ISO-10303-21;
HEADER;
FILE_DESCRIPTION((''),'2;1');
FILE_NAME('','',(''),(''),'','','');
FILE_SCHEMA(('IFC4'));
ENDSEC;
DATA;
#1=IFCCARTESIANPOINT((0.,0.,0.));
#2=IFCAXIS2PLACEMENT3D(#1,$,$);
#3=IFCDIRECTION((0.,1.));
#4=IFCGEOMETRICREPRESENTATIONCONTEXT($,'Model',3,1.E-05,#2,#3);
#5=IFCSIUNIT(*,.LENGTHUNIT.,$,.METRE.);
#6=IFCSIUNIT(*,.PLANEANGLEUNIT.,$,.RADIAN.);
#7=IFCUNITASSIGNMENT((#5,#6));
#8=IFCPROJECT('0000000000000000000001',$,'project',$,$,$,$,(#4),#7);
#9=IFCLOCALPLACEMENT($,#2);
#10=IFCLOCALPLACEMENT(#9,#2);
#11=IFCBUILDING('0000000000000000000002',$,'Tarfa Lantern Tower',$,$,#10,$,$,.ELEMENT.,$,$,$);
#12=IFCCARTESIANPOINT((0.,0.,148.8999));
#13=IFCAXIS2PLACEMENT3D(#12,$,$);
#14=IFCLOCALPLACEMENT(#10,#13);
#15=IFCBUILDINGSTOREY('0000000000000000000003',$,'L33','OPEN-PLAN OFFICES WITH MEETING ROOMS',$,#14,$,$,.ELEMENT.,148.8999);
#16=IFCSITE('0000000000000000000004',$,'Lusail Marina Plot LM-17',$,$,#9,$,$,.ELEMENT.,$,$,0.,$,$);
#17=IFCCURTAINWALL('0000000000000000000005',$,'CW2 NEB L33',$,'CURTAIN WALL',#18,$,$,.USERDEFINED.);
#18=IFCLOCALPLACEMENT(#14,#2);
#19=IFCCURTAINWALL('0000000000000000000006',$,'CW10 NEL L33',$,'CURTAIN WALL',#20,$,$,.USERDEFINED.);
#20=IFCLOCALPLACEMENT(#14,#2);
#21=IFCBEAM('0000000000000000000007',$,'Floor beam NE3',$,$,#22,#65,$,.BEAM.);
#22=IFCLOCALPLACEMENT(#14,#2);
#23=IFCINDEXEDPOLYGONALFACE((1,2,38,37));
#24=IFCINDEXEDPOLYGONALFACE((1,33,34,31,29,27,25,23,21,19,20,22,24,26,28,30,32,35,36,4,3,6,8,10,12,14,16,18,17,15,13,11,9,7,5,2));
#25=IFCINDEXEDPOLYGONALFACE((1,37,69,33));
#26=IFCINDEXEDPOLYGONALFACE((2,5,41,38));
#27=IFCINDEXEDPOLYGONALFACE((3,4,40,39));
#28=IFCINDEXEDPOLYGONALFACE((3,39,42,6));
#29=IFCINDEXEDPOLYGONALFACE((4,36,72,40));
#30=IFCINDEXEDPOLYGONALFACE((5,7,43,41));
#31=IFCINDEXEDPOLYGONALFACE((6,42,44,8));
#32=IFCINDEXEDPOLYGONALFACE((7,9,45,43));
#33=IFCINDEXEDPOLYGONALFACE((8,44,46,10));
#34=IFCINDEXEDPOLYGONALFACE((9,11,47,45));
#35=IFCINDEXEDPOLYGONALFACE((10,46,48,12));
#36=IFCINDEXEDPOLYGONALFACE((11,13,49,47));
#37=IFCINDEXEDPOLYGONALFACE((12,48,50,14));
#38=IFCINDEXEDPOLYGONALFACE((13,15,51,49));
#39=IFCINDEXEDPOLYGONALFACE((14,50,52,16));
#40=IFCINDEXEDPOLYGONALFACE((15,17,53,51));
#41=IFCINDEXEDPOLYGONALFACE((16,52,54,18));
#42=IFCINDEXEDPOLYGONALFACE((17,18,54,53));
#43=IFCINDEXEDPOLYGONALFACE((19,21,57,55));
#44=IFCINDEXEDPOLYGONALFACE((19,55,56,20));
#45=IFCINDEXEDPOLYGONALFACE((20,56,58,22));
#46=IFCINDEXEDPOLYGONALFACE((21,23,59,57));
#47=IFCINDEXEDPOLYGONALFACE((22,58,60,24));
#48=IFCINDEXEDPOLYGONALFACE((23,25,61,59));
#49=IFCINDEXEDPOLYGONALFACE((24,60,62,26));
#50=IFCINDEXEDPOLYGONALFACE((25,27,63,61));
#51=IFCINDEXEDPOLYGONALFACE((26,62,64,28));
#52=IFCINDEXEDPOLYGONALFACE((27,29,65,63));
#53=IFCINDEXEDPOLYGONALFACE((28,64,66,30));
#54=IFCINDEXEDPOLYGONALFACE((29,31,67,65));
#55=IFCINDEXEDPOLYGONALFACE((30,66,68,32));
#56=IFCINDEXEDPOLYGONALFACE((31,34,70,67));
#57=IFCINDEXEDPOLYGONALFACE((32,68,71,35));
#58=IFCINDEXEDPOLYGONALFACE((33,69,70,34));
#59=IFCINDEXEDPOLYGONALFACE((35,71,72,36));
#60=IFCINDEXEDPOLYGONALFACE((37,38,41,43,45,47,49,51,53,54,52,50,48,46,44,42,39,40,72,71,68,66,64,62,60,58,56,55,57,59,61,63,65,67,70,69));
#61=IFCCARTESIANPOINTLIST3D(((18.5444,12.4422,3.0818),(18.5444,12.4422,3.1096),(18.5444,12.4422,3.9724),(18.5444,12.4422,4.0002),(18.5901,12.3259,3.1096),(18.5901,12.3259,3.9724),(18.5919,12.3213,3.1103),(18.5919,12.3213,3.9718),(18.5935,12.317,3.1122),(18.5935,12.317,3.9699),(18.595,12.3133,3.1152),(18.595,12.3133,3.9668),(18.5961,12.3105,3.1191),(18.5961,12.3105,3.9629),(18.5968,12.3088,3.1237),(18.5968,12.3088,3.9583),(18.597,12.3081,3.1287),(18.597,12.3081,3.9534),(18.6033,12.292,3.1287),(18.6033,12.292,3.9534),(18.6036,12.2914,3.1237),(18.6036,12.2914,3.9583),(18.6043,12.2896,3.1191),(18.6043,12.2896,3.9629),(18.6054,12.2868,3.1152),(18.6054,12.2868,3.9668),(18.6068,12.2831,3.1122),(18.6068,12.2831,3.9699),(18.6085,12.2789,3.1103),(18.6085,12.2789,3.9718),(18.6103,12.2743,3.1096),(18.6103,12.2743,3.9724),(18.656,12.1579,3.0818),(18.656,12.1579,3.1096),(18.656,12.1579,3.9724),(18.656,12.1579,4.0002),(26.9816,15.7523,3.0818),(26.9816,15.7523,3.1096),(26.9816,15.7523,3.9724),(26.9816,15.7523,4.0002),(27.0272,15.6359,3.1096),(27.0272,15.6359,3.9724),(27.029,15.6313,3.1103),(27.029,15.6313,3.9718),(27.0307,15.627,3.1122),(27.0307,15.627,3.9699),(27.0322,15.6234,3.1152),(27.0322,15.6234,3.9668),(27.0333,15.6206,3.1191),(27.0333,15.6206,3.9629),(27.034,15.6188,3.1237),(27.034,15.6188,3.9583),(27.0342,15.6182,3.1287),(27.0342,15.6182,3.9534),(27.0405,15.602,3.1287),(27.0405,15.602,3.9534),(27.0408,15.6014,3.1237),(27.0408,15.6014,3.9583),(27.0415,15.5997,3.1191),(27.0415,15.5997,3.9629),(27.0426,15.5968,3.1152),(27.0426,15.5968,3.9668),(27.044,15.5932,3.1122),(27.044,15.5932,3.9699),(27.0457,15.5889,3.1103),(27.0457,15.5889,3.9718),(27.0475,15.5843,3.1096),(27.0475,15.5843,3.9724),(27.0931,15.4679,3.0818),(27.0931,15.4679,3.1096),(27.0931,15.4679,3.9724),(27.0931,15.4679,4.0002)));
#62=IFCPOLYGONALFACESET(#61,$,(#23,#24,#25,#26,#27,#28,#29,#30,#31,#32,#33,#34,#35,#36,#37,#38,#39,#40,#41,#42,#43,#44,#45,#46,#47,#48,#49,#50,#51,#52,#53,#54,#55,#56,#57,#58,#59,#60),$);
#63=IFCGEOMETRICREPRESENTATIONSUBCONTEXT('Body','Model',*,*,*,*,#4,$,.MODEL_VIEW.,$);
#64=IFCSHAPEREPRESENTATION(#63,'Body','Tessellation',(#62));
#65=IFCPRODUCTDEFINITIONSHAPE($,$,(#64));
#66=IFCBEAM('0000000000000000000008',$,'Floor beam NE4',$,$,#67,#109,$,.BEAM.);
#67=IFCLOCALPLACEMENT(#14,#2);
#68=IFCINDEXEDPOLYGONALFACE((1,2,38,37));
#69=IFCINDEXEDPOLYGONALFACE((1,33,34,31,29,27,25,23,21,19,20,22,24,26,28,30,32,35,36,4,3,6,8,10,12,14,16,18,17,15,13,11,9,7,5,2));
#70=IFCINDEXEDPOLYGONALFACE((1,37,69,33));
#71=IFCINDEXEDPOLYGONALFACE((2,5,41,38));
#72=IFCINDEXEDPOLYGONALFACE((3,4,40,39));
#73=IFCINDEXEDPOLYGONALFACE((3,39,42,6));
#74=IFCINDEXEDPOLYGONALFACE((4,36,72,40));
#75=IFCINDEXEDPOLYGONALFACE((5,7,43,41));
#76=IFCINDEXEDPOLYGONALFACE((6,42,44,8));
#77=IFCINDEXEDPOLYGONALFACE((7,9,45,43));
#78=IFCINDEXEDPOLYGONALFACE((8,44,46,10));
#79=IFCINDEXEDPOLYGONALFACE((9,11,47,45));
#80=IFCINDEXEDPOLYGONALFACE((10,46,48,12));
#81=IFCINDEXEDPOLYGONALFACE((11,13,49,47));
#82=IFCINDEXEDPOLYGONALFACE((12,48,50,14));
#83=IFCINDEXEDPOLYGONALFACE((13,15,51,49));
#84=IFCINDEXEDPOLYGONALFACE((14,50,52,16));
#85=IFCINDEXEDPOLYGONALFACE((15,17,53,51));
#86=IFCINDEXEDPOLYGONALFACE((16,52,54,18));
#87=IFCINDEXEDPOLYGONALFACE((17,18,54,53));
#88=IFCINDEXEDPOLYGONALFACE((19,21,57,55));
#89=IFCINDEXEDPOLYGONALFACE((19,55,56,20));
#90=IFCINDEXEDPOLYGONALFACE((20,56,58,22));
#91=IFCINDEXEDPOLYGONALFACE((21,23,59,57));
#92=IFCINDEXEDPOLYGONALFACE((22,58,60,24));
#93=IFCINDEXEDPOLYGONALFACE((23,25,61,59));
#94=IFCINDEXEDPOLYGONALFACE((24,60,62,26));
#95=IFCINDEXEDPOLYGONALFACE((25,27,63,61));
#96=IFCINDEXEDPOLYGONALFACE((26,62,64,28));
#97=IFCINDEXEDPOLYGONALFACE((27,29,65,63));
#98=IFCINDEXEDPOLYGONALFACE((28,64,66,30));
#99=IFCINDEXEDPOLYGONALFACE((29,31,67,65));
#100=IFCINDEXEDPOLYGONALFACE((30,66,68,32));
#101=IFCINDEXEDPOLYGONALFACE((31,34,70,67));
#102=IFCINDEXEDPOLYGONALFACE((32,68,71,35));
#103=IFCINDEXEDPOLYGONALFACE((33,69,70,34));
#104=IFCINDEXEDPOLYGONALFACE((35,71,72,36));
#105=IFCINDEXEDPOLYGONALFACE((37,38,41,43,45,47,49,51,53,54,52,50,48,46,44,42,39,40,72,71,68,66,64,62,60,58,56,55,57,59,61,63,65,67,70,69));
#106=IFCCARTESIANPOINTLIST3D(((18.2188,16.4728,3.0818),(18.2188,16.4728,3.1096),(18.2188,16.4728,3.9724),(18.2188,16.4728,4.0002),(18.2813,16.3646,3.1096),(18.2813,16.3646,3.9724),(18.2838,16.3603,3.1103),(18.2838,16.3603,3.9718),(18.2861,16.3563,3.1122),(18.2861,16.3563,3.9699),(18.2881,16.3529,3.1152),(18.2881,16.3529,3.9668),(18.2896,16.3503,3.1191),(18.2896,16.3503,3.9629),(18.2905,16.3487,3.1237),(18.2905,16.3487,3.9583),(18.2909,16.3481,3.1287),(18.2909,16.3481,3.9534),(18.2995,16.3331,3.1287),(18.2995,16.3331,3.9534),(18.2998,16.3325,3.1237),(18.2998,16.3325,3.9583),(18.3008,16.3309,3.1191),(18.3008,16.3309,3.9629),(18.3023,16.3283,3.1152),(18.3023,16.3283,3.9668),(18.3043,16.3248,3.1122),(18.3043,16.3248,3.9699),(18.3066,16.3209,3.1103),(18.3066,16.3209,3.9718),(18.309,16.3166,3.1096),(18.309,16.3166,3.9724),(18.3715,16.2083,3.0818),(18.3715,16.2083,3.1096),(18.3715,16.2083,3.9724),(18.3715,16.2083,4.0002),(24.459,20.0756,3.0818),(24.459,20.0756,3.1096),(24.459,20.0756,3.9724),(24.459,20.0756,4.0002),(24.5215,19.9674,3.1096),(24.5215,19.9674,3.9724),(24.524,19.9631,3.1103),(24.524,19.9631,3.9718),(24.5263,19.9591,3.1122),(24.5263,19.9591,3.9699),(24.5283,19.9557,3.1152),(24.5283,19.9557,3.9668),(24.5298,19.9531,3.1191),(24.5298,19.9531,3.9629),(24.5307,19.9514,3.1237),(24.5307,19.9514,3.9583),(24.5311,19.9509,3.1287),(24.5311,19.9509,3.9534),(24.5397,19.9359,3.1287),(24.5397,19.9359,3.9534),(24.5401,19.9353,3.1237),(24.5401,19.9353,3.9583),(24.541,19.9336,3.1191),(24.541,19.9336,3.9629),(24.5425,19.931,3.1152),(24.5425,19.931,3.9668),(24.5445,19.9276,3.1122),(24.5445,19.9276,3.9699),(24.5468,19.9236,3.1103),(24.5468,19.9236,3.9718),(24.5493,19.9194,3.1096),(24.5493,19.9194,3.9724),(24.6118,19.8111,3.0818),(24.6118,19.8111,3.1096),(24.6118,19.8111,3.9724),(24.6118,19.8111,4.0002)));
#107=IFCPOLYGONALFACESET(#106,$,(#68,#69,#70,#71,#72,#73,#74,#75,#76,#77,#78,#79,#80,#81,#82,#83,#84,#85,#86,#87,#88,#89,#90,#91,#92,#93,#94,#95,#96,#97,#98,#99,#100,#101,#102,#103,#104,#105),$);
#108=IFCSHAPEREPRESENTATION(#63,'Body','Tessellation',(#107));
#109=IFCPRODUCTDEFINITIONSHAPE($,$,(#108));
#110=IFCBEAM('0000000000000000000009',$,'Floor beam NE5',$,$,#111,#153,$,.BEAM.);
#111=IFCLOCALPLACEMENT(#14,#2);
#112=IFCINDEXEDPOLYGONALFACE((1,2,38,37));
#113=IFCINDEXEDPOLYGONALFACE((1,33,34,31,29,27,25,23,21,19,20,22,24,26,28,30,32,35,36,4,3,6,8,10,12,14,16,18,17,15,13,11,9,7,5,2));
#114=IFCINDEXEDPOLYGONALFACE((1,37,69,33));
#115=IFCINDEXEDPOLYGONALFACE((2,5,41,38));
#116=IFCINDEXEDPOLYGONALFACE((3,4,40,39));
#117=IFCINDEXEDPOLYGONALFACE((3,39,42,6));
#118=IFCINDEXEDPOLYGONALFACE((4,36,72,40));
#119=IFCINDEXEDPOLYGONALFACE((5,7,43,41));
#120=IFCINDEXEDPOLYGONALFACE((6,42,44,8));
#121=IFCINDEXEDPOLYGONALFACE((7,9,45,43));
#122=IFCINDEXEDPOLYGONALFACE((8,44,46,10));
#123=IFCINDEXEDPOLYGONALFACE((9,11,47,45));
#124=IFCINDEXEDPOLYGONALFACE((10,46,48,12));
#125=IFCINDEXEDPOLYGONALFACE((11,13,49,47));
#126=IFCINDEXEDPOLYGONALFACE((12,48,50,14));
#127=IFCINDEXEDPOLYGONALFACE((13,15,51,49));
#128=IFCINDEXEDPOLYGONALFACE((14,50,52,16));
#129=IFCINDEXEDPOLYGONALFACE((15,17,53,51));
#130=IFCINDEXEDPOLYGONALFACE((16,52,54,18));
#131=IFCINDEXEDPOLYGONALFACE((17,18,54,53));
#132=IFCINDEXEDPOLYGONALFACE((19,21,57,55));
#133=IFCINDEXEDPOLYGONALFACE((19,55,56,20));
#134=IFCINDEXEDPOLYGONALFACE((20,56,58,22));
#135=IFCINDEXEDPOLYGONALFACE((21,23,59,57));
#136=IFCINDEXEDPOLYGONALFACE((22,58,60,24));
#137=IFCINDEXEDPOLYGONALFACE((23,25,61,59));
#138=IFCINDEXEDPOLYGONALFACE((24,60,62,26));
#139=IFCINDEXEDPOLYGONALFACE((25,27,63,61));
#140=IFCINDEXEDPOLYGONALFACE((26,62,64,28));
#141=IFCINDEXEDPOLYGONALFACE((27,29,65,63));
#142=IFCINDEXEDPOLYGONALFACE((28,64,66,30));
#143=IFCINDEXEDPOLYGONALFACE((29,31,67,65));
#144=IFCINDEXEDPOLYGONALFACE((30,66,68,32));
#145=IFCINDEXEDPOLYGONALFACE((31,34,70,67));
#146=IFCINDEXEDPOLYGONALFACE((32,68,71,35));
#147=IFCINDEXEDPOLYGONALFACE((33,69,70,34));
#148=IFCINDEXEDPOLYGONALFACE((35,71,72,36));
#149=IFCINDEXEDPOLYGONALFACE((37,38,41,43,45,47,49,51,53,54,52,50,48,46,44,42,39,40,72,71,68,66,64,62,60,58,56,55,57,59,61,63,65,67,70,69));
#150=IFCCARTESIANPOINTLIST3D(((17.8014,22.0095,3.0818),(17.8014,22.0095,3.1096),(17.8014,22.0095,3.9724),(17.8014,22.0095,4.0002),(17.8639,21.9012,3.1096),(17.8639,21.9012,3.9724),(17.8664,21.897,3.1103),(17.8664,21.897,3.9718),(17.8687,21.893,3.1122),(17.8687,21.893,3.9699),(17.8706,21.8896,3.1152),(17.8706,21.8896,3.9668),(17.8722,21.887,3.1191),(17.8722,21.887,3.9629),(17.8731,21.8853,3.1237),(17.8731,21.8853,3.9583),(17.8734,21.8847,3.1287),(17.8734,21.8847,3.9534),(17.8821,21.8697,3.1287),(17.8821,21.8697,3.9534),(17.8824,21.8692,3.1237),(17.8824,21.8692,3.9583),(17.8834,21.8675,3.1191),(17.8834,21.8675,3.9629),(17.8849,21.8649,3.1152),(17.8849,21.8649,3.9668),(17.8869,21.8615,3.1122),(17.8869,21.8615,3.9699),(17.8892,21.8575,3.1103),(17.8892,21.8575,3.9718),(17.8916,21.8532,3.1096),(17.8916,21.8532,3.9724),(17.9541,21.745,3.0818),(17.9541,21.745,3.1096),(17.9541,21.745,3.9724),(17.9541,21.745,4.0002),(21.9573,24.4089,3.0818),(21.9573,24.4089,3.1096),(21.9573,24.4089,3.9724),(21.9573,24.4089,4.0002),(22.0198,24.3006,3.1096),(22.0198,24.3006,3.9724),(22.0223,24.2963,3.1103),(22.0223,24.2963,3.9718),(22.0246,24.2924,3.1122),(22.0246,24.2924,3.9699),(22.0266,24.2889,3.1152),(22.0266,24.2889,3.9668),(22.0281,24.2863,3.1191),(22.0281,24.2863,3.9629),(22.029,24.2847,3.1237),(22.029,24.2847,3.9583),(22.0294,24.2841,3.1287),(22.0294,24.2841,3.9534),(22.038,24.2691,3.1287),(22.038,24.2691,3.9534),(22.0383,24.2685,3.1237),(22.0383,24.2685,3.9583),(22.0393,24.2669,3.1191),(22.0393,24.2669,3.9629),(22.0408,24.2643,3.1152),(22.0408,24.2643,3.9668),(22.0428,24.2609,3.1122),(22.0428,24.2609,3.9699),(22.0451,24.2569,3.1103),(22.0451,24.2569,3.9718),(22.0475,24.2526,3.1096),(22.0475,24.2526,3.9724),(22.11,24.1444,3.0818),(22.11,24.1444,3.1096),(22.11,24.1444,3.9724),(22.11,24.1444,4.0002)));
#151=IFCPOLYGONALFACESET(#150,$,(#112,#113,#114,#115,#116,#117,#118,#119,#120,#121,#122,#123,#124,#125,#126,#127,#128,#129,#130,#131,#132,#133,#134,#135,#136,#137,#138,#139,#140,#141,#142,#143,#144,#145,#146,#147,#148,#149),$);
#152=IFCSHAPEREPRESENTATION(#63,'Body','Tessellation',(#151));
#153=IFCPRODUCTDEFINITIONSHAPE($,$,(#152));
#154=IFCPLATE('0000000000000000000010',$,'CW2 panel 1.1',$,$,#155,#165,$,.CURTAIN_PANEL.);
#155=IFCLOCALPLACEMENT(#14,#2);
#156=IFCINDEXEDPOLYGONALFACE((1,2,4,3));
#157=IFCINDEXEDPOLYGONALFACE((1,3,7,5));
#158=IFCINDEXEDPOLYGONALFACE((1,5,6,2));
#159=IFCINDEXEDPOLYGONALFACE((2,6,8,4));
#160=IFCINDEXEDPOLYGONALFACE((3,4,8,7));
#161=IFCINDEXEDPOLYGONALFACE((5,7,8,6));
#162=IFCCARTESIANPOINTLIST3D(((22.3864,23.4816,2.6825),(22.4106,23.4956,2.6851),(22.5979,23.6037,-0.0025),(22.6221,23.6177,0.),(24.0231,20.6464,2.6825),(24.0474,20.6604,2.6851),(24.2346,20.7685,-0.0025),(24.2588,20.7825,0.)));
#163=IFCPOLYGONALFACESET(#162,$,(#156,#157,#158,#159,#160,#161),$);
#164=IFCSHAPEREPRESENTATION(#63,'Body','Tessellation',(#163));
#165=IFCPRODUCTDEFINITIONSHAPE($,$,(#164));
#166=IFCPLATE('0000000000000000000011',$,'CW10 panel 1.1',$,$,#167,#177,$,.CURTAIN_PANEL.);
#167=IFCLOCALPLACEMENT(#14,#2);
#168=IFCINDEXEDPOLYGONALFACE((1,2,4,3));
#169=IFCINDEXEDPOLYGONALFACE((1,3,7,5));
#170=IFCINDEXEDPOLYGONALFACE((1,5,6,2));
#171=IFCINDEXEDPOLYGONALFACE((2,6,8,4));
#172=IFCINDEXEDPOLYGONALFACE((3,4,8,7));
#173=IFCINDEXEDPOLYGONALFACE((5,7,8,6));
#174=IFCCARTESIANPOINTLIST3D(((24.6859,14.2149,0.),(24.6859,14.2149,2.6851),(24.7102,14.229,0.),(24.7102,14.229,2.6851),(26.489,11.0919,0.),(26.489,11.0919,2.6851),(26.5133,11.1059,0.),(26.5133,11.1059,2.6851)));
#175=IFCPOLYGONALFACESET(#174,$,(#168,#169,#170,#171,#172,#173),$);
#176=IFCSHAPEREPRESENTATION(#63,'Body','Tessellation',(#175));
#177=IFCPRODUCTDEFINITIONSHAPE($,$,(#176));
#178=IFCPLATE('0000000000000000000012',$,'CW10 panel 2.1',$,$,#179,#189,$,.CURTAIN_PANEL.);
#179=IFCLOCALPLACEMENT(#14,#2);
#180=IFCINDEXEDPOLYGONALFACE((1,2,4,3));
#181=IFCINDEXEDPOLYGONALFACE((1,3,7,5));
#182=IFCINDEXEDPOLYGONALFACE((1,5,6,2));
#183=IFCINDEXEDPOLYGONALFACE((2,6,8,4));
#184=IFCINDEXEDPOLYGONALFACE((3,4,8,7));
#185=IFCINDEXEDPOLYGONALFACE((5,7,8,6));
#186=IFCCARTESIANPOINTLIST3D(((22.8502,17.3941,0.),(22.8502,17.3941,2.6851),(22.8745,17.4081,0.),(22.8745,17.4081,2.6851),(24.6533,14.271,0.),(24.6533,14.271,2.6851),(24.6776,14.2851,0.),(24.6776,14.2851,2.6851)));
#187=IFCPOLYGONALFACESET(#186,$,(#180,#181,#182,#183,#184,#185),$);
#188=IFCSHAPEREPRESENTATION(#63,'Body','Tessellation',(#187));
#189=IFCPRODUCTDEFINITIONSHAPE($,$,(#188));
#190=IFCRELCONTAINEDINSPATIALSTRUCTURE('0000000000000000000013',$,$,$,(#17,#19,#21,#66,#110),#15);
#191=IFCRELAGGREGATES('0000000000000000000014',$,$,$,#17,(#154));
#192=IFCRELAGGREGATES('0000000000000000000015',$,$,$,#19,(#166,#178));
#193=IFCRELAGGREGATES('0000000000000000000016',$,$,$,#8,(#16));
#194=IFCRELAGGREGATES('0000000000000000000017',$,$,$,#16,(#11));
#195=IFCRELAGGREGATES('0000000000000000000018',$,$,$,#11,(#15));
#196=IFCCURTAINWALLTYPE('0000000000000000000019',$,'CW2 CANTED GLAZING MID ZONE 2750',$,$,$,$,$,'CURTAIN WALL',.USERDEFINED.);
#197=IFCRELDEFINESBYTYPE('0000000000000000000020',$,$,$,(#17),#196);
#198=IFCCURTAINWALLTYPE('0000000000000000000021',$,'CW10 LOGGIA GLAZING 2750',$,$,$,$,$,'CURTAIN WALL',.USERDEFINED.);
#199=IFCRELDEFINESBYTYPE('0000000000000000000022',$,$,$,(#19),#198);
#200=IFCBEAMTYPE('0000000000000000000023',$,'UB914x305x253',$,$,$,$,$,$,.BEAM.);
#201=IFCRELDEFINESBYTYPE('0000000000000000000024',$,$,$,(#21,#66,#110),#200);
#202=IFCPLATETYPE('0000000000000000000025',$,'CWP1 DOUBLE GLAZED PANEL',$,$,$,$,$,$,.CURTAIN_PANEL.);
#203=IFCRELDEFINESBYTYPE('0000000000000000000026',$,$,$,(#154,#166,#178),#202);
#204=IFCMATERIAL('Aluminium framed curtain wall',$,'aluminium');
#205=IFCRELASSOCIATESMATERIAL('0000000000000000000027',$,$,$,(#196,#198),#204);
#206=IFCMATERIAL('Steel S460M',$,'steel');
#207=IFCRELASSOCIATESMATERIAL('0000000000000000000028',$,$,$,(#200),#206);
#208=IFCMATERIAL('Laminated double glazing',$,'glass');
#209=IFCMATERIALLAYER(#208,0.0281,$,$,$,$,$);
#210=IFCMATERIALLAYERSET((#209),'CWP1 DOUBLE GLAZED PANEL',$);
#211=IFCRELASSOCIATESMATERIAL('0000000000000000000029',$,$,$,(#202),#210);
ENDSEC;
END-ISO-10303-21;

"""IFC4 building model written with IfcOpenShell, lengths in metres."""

from ifc_helpers import new_model, si_unit, direction, frame, origin, origin_2d, place, context, subcontext, project, spatial, polyline, rectangle, i_section, outline, extrude, material, layer, layer_set, material_profile, profile_set, type_object, element, aggregate, save


model = new_model("IFC4")

# Units and contexts
model_context = context("Model", 3, precision=1e-05, world=origin(), true_north=direction((0.0, 1.0)))
body_context = subcontext(model_context, "Body", "Model", "MODEL_VIEW")
ifc_project = project(units=[si_unit("LENGTHUNIT", "METRE"), si_unit("PLANEANGLEUNIT", "RADIAN")], contexts=[model_context])

# Site, building, storey
site_placement = place(None, origin())
site = spatial("IfcSite", under=ifc_project, at=site_placement, Name="Lusail Marina Plot LM-17", CompositionType="ELEMENT", RefElevation=0.0)
building_placement = place(site_placement, origin())
building = spatial("IfcBuilding", under=site, at=building_placement, Name="Tarfa Lantern Tower", CompositionType="ELEMENT")
storey_placement = place(building_placement, frame((0.0, 0.0, 148.8999)))
storey = spatial("IfcBuildingStorey", under=building, at=storey_placement, Name="L33", Description="OPEN-PLAN OFFICES WITH MEETING ROOMS", CompositionType="ELEMENT", Elevation=148.8999)

# Curtain walls
ifc_material_1 = material(Name="Aluminium framed curtain wall", Category="aluminium")
curtain_wall_type_1 = type_object("IfcCurtainWallType", Name="CW2 CANTED GLAZING MID ZONE 2750", ElementType="CURTAIN WALL", PredefinedType="USERDEFINED", material=ifc_material_1)
curtain_wall_1_placement = place(storey_placement, origin())
curtain_wall_1 = element("IfcCurtainWall", 1, at=curtain_wall_1_placement, inside=storey, type_object=curtain_wall_type_1, Name="CW2 NEB L33", ObjectType="CURTAIN WALL", PredefinedType="USERDEFINED")
curtain_wall_type_2 = type_object("IfcCurtainWallType", Name="CW10 LOGGIA GLAZING 2750", ElementType="CURTAIN WALL", PredefinedType="USERDEFINED", material=ifc_material_1)
curtain_wall_2_placement = place(storey_placement, origin())
curtain_wall_2 = element("IfcCurtainWall", 2, at=curtain_wall_2_placement, inside=storey, type_object=curtain_wall_type_2, Name="CW10 NEL L33", ObjectType="CURTAIN WALL", PredefinedType="USERDEFINED")

# Beams
ifc_material_2 = material(Name="Steel S460M", Category="steel")
ifc_material_profile_1 = material_profile(ifc_material_2, i_section(OverallWidth=0.3054, OverallDepth=0.9185, WebThickness=0.0173, FlangeThickness=0.0278, FilletRadius=0.019, at=origin_2d()), Name="UB914x305x253")
ifc_profile_set_1 = profile_set([ifc_material_profile_1], Name="Steel S460M")
beam_type_1 = type_object("IfcBeamType", Name="UB914x305x253", PredefinedType="BEAM", material=ifc_profile_set_1)
beam_1_placement = place(storey_placement, frame((27.0374, 15.6101, 3.541), z_axis=(-0.930923, -0.365215, 0.0), x_axis=(0.365215, -0.930923, 0.0)))
element("IfcBeam", 3, at=beam_1_placement, inside=storey, type_object=beam_type_1, Name="Floor beam NE3", PredefinedType="BEAM", context=body_context, shape_type="SweptSolid", body=[
    extrude(i_section(OverallWidth=0.3054, OverallDepth=0.9185, WebThickness=0.0173, FlangeThickness=0.0278, FilletRadius=0.019, at=origin_2d()), origin(), (0.0, 0.0, 1.0), 9.0632),
])
beam_2_placement = place(storey_placement, frame((24.5354, 19.9434, 3.541), z_axis=(-0.866026, -0.499998, 0.0), x_axis=(0.499998, -0.866026, 0.0)))
element("IfcBeam", 4, at=beam_2_placement, inside=storey, type_object=beam_type_1, Name="Floor beam NE4", PredefinedType="BEAM", context=body_context, shape_type="SweptSolid", body=[
    extrude(i_section(OverallWidth=0.3054, OverallDepth=0.9185, WebThickness=0.0173, FlangeThickness=0.0278, FilletRadius=0.019, at=origin_2d()), origin(), (0.0, 0.0, 1.0), 7.2056),
])
beam_3_placement = place(storey_placement, frame((22.0337, 24.2766, 3.541), z_axis=(-0.866031, -0.499991, 0.0), x_axis=(0.499991, -0.866031, 0.0)))
element("IfcBeam", 5, at=beam_3_placement, inside=storey, type_object=beam_type_1, Name="Floor beam NE5", PredefinedType="BEAM", context=body_context, shape_type="SweptSolid", body=[
    extrude(i_section(OverallWidth=0.3054, OverallDepth=0.9185, WebThickness=0.0173, FlangeThickness=0.0278, FilletRadius=0.019, at=origin_2d()), origin(), (0.0, 0.0, 1.0), 4.7988),
])

# Plates
ifc_material_3 = material(Name="Laminated double glazing", Category="glass")
ifc_layer_1 = layer(ifc_material_3, 0.0281)
ifc_layer_set_1 = layer_set([ifc_layer_1], Name="CWP1 DOUBLE GLAZED PANEL")
plate_type_1 = type_object("IfcPlateType", Name="CWP1 DOUBLE GLAZED PANEL", PredefinedType="CURTAIN_PANEL", material=ifc_layer_set_1)
plate_1_placement = place(storey_placement, frame((24.2588, 20.7825, 0.0), z_axis=(0.862492, 0.497903, 0.09055), x_axis=(-0.499957, 0.86605, 0.0)))
plate_1 = element("IfcPlate", 6, at=plate_1_placement, type_object=plate_type_1, Name="CW2 panel 1.1", PredefinedType="CURTAIN_PANEL", context=body_context, shape_type="SweptSolid", body=[
    extrude(outline(polyline([(0.0, 0.0), (3.2737, 0.0), (3.2737, 2.6961), (0.0, 2.6961), (0.0, 0.0)])), origin(), (0.0, 0.0, -1.0), 0.0281),
])
aggregate(curtain_wall_1, [plate_1])
plate_2_placement = place(storey_placement, frame((25.5996, 12.6604, 0.0), z_axis=(0.0, 0.0, 1.0), x_axis=(-0.5, 0.866025, 0.0)))
plate_2 = element("IfcPlate", 7, at=plate_2_placement, type_object=plate_type_1, Name="CW10 panel 1.1", PredefinedType="CURTAIN_PANEL", context=body_context, shape_type="SweptSolid", body=[
    extrude(rectangle(XDim=3.6062, YDim=0.0281, at=origin_2d()), origin(), (0.0, 0.0, 1.0), 2.6851),
])
plate_3_placement = place(storey_placement, frame((23.7639, 15.8396, 0.0), z_axis=(0.0, 0.0, 1.0), x_axis=(-0.5, 0.866025, 0.0)))
plate_3 = element("IfcPlate", 8, at=plate_3_placement, type_object=plate_type_1, Name="CW10 panel 2.1", PredefinedType="CURTAIN_PANEL", context=body_context, shape_type="SweptSolid", body=[
    extrude(rectangle(XDim=3.6062, YDim=0.0281, at=origin_2d()), origin(), (0.0, 0.0, 1.0), 2.6851),
])
aggregate(curtain_wall_2, [plate_2, plate_3])

save(model, "model.ifc")
